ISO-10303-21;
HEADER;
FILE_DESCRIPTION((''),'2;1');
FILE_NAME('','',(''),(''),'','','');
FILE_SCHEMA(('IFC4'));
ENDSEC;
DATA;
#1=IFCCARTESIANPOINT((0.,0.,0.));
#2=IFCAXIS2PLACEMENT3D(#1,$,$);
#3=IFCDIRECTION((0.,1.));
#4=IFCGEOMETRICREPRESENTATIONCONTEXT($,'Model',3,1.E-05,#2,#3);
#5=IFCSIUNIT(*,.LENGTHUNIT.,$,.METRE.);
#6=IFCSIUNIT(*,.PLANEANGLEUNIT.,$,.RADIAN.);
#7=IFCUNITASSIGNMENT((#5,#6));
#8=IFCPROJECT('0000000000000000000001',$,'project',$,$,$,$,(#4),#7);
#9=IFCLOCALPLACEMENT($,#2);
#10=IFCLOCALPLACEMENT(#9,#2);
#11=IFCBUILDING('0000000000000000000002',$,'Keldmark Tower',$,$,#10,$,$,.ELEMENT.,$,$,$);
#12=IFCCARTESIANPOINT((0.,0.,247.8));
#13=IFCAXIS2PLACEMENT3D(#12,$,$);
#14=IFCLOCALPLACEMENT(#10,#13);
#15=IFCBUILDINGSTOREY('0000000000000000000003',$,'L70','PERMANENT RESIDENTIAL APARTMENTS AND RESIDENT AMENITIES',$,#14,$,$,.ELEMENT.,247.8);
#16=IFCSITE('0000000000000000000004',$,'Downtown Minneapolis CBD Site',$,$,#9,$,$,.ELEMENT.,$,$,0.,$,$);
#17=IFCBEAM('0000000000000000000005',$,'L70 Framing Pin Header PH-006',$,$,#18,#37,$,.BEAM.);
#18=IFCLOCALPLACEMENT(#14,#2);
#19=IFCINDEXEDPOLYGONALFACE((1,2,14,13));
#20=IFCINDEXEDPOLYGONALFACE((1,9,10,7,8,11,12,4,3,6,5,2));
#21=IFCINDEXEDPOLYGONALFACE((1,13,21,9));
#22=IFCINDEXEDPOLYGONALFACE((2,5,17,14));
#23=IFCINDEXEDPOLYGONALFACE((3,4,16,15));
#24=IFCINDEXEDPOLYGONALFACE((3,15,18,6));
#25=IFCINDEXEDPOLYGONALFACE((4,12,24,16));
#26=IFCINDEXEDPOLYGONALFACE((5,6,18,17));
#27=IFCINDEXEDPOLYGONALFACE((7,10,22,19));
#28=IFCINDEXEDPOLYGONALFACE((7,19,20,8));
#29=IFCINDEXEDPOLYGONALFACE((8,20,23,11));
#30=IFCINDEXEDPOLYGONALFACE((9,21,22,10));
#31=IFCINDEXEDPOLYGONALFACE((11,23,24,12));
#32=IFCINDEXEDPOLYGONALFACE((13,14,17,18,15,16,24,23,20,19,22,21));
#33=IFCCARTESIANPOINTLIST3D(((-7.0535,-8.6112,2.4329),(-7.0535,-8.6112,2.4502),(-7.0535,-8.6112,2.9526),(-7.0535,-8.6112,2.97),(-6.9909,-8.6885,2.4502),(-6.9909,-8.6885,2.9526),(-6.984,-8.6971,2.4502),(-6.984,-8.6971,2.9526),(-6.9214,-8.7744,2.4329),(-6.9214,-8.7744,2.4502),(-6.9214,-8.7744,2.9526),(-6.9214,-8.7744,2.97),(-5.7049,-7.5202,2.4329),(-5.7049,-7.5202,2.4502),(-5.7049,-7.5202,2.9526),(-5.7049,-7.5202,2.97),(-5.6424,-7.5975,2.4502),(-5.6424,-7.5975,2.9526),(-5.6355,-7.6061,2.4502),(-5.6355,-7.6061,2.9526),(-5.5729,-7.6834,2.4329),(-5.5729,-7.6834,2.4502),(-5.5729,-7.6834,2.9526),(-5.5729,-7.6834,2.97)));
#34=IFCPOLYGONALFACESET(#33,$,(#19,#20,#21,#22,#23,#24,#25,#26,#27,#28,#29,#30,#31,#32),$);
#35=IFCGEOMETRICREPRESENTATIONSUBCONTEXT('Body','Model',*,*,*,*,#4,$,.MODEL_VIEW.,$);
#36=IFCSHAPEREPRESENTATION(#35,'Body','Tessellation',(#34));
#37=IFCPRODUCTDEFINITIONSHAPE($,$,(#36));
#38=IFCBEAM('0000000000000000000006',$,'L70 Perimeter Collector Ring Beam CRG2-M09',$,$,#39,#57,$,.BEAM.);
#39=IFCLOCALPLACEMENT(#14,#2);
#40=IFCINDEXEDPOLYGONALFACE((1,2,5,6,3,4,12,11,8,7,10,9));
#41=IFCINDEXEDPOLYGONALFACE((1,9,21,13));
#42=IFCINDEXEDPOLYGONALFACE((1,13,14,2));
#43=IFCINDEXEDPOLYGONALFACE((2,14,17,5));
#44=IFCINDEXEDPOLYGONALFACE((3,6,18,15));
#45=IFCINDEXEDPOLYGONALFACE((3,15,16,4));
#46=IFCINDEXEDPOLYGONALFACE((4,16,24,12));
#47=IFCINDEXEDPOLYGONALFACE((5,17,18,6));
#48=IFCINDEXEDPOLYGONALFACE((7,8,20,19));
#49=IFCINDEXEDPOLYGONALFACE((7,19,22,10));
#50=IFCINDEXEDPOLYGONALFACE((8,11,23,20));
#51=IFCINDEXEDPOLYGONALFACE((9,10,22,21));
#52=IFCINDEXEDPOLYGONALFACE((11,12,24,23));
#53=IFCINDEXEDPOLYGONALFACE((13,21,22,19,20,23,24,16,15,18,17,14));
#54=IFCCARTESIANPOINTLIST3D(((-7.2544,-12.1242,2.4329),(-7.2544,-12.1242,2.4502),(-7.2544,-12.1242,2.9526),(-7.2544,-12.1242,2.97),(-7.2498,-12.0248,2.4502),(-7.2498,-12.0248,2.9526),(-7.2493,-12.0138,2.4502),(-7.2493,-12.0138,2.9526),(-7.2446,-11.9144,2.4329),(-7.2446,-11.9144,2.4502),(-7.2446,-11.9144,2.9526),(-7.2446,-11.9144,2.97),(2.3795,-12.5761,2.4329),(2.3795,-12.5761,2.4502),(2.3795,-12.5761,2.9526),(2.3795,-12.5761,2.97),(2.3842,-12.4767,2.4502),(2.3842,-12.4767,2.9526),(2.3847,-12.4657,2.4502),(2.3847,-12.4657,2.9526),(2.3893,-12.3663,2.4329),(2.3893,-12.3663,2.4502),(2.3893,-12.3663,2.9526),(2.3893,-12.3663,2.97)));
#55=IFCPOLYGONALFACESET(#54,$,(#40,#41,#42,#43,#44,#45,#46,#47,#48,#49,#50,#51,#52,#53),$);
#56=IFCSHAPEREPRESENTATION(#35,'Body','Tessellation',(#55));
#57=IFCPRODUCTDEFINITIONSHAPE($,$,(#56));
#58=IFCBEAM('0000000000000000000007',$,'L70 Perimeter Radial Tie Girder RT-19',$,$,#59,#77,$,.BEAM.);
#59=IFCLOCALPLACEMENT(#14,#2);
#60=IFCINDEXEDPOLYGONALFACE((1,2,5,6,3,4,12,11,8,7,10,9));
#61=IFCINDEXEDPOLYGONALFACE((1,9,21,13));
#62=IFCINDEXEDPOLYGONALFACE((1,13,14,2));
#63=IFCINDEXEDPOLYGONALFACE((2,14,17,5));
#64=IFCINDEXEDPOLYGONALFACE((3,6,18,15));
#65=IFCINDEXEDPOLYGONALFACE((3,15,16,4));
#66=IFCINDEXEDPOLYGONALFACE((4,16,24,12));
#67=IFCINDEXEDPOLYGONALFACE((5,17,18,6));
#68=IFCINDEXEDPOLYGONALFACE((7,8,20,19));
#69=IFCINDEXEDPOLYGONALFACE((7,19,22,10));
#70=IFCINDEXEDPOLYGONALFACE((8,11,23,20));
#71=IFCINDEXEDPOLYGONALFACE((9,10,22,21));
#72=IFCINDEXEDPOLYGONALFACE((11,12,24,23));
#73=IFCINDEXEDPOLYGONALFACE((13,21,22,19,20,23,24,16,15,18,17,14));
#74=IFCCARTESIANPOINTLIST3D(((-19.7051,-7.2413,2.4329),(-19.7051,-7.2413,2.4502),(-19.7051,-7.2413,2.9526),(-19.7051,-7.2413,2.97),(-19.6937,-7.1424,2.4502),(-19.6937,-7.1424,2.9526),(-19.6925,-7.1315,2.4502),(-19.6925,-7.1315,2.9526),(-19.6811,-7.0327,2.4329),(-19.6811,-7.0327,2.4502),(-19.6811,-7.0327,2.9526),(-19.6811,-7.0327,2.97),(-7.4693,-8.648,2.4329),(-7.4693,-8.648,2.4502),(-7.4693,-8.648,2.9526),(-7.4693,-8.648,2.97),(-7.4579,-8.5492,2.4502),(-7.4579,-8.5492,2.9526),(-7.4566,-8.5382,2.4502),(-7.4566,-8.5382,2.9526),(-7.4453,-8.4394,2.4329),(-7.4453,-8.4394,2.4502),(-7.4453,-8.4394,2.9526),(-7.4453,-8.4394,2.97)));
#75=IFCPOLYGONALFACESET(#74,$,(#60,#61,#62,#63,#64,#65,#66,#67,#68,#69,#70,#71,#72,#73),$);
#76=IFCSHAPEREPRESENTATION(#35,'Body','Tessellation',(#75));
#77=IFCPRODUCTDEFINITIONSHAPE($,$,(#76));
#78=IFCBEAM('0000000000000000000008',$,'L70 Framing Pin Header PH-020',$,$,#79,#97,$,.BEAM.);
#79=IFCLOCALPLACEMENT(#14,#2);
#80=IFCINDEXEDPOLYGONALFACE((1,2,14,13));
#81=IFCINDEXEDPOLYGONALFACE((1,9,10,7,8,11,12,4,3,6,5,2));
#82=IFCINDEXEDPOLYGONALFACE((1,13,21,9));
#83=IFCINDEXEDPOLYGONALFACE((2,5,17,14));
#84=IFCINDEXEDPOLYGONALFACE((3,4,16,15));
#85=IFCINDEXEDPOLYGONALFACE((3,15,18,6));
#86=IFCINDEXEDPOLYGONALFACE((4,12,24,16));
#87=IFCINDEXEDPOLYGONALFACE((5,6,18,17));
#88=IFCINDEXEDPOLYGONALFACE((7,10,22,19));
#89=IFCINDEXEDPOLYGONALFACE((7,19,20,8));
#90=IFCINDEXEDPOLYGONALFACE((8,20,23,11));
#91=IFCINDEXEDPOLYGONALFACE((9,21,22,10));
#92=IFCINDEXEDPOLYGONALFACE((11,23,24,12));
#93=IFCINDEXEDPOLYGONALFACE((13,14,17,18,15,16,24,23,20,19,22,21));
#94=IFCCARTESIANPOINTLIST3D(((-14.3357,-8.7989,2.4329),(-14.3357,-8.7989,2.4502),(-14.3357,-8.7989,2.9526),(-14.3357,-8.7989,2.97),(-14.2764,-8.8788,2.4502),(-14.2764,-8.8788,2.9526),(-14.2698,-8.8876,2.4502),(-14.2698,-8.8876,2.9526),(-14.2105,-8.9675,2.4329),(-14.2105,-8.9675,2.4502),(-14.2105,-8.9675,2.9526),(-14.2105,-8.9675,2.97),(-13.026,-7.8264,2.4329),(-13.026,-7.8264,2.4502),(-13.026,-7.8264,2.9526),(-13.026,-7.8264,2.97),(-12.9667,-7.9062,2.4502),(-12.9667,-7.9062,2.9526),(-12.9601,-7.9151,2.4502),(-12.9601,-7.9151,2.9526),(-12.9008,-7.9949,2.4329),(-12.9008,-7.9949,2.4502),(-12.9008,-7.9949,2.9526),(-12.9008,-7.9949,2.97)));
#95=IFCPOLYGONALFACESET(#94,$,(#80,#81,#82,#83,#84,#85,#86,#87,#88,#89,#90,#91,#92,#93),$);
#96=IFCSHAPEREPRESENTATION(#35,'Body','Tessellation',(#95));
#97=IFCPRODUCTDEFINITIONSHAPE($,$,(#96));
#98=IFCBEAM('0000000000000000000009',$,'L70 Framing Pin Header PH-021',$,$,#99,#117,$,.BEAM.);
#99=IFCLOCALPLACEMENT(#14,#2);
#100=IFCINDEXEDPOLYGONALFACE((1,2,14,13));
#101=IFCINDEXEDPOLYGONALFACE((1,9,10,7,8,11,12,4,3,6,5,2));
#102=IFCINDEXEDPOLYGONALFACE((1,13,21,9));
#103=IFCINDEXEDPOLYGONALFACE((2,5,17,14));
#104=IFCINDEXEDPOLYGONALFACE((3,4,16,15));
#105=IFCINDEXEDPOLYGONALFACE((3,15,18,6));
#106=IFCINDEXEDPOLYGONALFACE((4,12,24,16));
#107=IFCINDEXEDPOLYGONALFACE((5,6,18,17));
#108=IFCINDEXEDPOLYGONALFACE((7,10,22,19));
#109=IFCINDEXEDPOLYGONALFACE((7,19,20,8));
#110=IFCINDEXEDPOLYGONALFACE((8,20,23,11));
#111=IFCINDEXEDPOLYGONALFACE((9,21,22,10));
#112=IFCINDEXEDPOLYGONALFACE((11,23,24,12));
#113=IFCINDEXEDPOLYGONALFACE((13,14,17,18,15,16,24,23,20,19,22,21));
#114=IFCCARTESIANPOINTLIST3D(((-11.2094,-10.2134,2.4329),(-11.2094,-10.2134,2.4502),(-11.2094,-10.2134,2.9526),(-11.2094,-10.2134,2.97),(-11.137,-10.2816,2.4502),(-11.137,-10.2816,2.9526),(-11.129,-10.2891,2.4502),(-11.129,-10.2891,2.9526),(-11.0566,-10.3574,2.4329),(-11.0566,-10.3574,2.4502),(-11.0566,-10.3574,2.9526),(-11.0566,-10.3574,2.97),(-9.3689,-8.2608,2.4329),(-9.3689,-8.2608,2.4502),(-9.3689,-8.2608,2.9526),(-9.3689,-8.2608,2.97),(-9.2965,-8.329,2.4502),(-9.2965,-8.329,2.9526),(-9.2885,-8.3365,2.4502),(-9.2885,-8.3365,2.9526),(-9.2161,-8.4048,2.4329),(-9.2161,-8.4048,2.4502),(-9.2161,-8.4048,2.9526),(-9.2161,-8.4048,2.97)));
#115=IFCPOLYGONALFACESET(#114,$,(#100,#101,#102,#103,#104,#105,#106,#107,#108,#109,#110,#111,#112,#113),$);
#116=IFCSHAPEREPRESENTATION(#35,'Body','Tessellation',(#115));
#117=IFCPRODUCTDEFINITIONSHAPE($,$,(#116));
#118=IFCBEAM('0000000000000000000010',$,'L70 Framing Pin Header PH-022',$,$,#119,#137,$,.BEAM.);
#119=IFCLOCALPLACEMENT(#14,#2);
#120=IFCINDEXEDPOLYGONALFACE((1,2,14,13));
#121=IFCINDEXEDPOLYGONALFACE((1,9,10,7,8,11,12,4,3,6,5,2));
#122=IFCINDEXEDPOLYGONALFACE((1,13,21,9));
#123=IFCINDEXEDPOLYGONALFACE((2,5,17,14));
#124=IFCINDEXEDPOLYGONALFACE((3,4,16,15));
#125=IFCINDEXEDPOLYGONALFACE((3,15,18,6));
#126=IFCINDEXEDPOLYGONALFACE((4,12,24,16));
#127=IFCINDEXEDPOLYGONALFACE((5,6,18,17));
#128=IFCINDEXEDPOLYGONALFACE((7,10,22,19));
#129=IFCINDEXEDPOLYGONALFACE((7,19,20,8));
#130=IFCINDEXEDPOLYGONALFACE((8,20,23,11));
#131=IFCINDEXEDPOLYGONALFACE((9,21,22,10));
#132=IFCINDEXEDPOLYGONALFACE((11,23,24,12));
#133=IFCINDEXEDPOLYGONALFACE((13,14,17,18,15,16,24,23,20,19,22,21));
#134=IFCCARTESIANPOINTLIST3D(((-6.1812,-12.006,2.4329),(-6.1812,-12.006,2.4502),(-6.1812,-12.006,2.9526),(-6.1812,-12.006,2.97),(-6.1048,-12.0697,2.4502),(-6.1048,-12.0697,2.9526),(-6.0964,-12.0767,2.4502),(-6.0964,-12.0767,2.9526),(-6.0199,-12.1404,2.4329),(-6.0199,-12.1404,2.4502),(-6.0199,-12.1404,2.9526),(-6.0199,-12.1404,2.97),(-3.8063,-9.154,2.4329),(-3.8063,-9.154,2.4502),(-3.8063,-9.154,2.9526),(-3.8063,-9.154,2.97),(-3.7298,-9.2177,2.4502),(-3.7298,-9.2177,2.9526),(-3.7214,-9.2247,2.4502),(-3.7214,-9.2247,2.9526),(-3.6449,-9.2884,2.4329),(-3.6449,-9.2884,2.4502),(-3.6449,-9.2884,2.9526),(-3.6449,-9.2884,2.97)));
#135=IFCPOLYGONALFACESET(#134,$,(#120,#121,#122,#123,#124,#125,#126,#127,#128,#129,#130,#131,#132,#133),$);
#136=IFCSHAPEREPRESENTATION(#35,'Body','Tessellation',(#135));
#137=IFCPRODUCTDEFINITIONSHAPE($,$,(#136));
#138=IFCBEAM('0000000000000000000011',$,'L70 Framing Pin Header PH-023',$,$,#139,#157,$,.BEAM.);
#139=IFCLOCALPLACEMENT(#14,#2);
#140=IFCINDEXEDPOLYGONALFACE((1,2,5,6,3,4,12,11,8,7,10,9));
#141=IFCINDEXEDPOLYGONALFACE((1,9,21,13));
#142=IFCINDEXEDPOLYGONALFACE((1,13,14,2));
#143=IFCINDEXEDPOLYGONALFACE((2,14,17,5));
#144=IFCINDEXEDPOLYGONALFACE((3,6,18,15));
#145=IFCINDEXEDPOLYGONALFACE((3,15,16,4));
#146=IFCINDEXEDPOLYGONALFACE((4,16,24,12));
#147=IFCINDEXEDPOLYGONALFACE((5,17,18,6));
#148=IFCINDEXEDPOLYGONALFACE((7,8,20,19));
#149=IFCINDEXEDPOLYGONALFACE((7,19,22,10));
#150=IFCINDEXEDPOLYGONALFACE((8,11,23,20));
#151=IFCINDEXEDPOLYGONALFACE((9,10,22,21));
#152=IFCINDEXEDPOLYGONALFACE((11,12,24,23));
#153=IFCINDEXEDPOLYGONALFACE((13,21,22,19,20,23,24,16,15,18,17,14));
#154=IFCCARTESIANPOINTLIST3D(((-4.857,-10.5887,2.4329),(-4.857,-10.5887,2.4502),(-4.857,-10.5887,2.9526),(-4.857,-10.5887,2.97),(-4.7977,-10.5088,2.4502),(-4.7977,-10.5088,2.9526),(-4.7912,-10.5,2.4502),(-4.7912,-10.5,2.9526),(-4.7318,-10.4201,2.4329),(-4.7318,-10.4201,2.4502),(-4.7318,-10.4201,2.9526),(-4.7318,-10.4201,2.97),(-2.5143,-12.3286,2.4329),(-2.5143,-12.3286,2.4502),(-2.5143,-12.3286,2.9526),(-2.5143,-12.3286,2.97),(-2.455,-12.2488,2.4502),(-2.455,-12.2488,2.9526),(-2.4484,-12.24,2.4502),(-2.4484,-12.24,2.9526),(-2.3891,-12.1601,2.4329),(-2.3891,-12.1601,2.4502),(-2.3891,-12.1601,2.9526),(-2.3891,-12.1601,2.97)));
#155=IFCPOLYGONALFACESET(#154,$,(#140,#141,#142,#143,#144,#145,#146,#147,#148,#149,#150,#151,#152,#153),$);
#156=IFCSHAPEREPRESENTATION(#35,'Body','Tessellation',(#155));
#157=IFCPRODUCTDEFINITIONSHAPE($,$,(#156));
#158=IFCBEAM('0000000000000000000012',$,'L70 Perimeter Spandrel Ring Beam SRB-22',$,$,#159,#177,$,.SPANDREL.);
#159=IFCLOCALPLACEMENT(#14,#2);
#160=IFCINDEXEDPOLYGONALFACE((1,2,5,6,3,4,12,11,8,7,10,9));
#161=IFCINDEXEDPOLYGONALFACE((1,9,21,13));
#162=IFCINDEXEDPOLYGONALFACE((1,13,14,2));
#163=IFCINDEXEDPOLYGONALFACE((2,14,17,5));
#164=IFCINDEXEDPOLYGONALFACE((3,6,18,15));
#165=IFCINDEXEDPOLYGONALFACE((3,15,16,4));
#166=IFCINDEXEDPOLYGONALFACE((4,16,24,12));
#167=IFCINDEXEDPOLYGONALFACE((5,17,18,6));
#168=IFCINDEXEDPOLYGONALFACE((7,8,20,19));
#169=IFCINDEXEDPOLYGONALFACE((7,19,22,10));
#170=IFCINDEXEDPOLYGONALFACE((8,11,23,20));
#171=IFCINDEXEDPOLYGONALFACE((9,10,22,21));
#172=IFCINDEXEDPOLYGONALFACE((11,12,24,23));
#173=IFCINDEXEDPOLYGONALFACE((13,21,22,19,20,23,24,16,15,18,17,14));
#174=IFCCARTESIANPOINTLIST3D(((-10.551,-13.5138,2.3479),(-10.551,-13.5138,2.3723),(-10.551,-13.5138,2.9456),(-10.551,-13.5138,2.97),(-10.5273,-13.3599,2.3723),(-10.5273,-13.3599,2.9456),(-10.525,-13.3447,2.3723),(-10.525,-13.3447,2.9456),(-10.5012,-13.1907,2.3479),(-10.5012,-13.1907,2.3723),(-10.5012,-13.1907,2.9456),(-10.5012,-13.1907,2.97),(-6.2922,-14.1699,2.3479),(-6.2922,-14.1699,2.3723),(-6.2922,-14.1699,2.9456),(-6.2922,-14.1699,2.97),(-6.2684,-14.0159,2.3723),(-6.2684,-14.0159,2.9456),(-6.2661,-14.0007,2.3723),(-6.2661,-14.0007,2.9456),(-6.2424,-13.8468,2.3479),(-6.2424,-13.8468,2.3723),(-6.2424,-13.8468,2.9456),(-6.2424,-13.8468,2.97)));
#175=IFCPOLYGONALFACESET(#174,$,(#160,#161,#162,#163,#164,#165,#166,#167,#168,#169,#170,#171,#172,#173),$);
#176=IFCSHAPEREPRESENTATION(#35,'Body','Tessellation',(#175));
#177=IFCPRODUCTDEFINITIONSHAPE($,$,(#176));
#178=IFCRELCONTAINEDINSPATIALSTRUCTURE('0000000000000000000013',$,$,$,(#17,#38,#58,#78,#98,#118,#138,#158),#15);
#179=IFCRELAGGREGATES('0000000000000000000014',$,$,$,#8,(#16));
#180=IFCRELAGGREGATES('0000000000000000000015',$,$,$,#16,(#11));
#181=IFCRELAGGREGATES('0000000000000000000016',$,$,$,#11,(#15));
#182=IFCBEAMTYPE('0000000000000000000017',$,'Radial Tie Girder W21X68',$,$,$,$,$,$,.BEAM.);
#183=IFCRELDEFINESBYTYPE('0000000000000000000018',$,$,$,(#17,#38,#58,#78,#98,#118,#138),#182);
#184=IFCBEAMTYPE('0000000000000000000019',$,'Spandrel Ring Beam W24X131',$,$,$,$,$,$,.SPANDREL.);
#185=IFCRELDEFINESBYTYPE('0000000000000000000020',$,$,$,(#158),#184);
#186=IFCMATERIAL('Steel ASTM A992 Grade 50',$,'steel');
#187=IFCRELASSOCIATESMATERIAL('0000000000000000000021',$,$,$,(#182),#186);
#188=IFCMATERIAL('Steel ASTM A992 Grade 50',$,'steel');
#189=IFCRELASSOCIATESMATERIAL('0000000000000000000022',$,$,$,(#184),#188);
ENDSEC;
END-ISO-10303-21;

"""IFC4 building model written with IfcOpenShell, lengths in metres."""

from ifc_helpers import new_model, si_unit, direction, frame, origin, origin_2d, place, context, subcontext, project, spatial, i_section, extrude, material, material_profile, profile_set, type_object, element, save


model = new_model("IFC4")

# Units and contexts
model_context = context("Model", 3, precision=1e-05, world=origin(), true_north=direction((0.0, 1.0)))
body_context = subcontext(model_context, "Body", "Model", "MODEL_VIEW")
ifc_project = project(units=[si_unit("LENGTHUNIT", "METRE"), si_unit("PLANEANGLEUNIT", "RADIAN")], contexts=[model_context])

# Site, building, storey
site_placement = place(None, origin())
site = spatial("IfcSite", under=ifc_project, at=site_placement, Name="Downtown Minneapolis CBD Site", CompositionType="ELEMENT", RefElevation=0.0)
building_placement = place(site_placement, origin())
building = spatial("IfcBuilding", under=site, at=building_placement, Name="Keldmark Tower", CompositionType="ELEMENT")
storey_placement = place(building_placement, frame((0.0, 0.0, 247.8)))
storey = spatial("IfcBuildingStorey", under=building, at=storey_placement, Name="L70", Description="PERMANENT RESIDENTIAL APARTMENTS AND RESIDENT AMENITIES", CompositionType="ELEMENT", Elevation=247.8)

# Beams
ifc_material_1 = material(Name="Steel ASTM A992 Grade 50", Category="steel")
ifc_material_profile_1 = material_profile(ifc_material_1, i_section(OverallWidth=0.21, OverallDepth=0.5371, WebThickness=0.011, FlangeThickness=0.0173, at=origin_2d()), Name="W21X68")
ifc_profile_set_1 = profile_set([ifc_material_profile_1], Name="Steel ASTM A992 Grade 50")
beam_type_1 = type_object("IfcBeamType", Name="Radial Tie Girder W21X68", PredefinedType="BEAM", material=ifc_profile_set_1)
beam_1_placement = place(storey_placement, frame((-5.6389, -7.6018, 2.7014), z_axis=(-0.777438, -0.628959, 0.0), x_axis=(0.628959, -0.777438, 0.0)))
element("IfcBeam", 1, at=beam_1_placement, inside=storey, type_object=beam_type_1, Name="L70 Framing Pin Header PH-006", PredefinedType="BEAM", context=body_context, shape_type="SweptSolid", body=[
    extrude(i_section(OverallWidth=0.21, OverallDepth=0.5371, WebThickness=0.011, FlangeThickness=0.0173, at=origin_2d()), origin(), (0.0, 0.0, 1.0), 1.7346),
])
beam_2_placement = place(storey_placement, frame((-7.2495, -12.0193, 2.7014), z_axis=(0.998902, -0.046856, 0.0), x_axis=(0.046856, 0.998902, 0.0)))
element("IfcBeam", 2, at=beam_2_placement, inside=storey, type_object=beam_type_1, Name="L70 Perimeter Collector Ring Beam CRG2-M09", PredefinedType="BEAM", context=body_context, shape_type="SweptSolid", body=[
    extrude(i_section(OverallWidth=0.21, OverallDepth=0.5371, WebThickness=0.011, FlangeThickness=0.0173, at=origin_2d()), origin(), (0.0, 0.0, 1.0), 9.6445),
])
beam_3_placement = place(storey_placement, frame((-7.4573, -8.5437, 2.7014), z_axis=(-0.993456, 0.114216, 0.0), x_axis=(-0.114216, -0.993456, 0.0)))
element("IfcBeam", 3, at=beam_3_placement, inside=storey, type_object=beam_type_1, Name="L70 Perimeter Radial Tie Girder RT-19", PredefinedType="BEAM", context=body_context, shape_type="SweptSolid", body=[
    extrude(i_section(OverallWidth=0.21, OverallDepth=0.5371, WebThickness=0.011, FlangeThickness=0.0173, at=origin_2d()), origin(), (0.0, 0.0, 1.0), 12.3164),
])
beam_4_placement = place(storey_placement, frame((-12.9634, -7.9106, 2.7014), z_axis=(-0.802846, -0.596186, 0.0), x_axis=(0.596186, -0.802846, 0.0)))
element("IfcBeam", 4, at=beam_4_placement, inside=storey, type_object=beam_type_1, Name="L70 Framing Pin Header PH-020", PredefinedType="BEAM", context=body_context, shape_type="SweptSolid", body=[
    extrude(i_section(OverallWidth=0.21, OverallDepth=0.5371, WebThickness=0.011, FlangeThickness=0.0173, at=origin_2d()), origin(), (0.0, 0.0, 1.0), 1.6313),
])
beam_5_placement = place(storey_placement, frame((-9.2925, -8.3328, 2.7014), z_axis=(-0.685918, -0.727679, 0.0), x_axis=(0.727679, -0.685918, 0.0)))
element("IfcBeam", 5, at=beam_5_placement, inside=storey, type_object=beam_type_1, Name="L70 Framing Pin Header PH-021", PredefinedType="BEAM", context=body_context, shape_type="SweptSolid", body=[
    extrude(i_section(OverallWidth=0.21, OverallDepth=0.5371, WebThickness=0.011, FlangeThickness=0.0173, at=origin_2d()), origin(), (0.0, 0.0, 1.0), 2.6833),
])
beam_6_placement = place(storey_placement, frame((-3.7256, -9.2212, 2.7014), z_axis=(-0.639913, -0.768448, 0.0), x_axis=(0.768448, -0.639913, 0.0)))
element("IfcBeam", 6, at=beam_6_placement, inside=storey, type_object=beam_type_1, Name="L70 Framing Pin Header PH-022", PredefinedType="BEAM", context=body_context, shape_type="SweptSolid", body=[
    extrude(i_section(OverallWidth=0.21, OverallDepth=0.5371, WebThickness=0.011, FlangeThickness=0.0173, at=origin_2d()), origin(), (0.0, 0.0, 1.0), 3.7114),
])
beam_7_placement = place(storey_placement, frame((-4.7944, -10.5044, 2.7014), z_axis=(0.802802, -0.596245, 0.0), x_axis=(0.596245, 0.802802, 0.0)))
element("IfcBeam", 7, at=beam_7_placement, inside=storey, type_object=beam_type_1, Name="L70 Framing Pin Header PH-023", PredefinedType="BEAM", context=body_context, shape_type="SweptSolid", body=[
    extrude(i_section(OverallWidth=0.21, OverallDepth=0.5371, WebThickness=0.011, FlangeThickness=0.0173, at=origin_2d()), origin(), (0.0, 0.0, 1.0), 2.9182),
])
ifc_material_2 = material(Name="Steel ASTM A992 Grade 50", Category="steel")
ifc_material_profile_2 = material_profile(ifc_material_2, i_section(OverallWidth=0.3269, OverallDepth=0.6221, WebThickness=0.0154, FlangeThickness=0.0244, at=origin_2d()), Name="W24X131")
ifc_profile_set_2 = profile_set([ifc_material_profile_2], Name="Steel ASTM A992 Grade 50")
beam_type_2 = type_object("IfcBeamType", Name="Spandrel Ring Beam W24X131", PredefinedType="SPANDREL", material=ifc_profile_set_2)
beam_8_placement = place(storey_placement, frame((-10.5261, -13.3523, 2.6589), z_axis=(0.988344, -0.15224, 0.0), x_axis=(0.15224, 0.988344, 0.0)))
element("IfcBeam", 8, at=beam_8_placement, inside=storey, type_object=beam_type_2, Name="L70 Perimeter Spandrel Ring Beam SRB-22", PredefinedType="SPANDREL", context=body_context, shape_type="SweptSolid", body=[
    extrude(i_section(OverallWidth=0.3269, OverallDepth=0.6221, WebThickness=0.0154, FlangeThickness=0.0244, at=origin_2d()), origin(), (0.0, 0.0, 1.0), 4.3091),
])

save(model, "model.ifc")
